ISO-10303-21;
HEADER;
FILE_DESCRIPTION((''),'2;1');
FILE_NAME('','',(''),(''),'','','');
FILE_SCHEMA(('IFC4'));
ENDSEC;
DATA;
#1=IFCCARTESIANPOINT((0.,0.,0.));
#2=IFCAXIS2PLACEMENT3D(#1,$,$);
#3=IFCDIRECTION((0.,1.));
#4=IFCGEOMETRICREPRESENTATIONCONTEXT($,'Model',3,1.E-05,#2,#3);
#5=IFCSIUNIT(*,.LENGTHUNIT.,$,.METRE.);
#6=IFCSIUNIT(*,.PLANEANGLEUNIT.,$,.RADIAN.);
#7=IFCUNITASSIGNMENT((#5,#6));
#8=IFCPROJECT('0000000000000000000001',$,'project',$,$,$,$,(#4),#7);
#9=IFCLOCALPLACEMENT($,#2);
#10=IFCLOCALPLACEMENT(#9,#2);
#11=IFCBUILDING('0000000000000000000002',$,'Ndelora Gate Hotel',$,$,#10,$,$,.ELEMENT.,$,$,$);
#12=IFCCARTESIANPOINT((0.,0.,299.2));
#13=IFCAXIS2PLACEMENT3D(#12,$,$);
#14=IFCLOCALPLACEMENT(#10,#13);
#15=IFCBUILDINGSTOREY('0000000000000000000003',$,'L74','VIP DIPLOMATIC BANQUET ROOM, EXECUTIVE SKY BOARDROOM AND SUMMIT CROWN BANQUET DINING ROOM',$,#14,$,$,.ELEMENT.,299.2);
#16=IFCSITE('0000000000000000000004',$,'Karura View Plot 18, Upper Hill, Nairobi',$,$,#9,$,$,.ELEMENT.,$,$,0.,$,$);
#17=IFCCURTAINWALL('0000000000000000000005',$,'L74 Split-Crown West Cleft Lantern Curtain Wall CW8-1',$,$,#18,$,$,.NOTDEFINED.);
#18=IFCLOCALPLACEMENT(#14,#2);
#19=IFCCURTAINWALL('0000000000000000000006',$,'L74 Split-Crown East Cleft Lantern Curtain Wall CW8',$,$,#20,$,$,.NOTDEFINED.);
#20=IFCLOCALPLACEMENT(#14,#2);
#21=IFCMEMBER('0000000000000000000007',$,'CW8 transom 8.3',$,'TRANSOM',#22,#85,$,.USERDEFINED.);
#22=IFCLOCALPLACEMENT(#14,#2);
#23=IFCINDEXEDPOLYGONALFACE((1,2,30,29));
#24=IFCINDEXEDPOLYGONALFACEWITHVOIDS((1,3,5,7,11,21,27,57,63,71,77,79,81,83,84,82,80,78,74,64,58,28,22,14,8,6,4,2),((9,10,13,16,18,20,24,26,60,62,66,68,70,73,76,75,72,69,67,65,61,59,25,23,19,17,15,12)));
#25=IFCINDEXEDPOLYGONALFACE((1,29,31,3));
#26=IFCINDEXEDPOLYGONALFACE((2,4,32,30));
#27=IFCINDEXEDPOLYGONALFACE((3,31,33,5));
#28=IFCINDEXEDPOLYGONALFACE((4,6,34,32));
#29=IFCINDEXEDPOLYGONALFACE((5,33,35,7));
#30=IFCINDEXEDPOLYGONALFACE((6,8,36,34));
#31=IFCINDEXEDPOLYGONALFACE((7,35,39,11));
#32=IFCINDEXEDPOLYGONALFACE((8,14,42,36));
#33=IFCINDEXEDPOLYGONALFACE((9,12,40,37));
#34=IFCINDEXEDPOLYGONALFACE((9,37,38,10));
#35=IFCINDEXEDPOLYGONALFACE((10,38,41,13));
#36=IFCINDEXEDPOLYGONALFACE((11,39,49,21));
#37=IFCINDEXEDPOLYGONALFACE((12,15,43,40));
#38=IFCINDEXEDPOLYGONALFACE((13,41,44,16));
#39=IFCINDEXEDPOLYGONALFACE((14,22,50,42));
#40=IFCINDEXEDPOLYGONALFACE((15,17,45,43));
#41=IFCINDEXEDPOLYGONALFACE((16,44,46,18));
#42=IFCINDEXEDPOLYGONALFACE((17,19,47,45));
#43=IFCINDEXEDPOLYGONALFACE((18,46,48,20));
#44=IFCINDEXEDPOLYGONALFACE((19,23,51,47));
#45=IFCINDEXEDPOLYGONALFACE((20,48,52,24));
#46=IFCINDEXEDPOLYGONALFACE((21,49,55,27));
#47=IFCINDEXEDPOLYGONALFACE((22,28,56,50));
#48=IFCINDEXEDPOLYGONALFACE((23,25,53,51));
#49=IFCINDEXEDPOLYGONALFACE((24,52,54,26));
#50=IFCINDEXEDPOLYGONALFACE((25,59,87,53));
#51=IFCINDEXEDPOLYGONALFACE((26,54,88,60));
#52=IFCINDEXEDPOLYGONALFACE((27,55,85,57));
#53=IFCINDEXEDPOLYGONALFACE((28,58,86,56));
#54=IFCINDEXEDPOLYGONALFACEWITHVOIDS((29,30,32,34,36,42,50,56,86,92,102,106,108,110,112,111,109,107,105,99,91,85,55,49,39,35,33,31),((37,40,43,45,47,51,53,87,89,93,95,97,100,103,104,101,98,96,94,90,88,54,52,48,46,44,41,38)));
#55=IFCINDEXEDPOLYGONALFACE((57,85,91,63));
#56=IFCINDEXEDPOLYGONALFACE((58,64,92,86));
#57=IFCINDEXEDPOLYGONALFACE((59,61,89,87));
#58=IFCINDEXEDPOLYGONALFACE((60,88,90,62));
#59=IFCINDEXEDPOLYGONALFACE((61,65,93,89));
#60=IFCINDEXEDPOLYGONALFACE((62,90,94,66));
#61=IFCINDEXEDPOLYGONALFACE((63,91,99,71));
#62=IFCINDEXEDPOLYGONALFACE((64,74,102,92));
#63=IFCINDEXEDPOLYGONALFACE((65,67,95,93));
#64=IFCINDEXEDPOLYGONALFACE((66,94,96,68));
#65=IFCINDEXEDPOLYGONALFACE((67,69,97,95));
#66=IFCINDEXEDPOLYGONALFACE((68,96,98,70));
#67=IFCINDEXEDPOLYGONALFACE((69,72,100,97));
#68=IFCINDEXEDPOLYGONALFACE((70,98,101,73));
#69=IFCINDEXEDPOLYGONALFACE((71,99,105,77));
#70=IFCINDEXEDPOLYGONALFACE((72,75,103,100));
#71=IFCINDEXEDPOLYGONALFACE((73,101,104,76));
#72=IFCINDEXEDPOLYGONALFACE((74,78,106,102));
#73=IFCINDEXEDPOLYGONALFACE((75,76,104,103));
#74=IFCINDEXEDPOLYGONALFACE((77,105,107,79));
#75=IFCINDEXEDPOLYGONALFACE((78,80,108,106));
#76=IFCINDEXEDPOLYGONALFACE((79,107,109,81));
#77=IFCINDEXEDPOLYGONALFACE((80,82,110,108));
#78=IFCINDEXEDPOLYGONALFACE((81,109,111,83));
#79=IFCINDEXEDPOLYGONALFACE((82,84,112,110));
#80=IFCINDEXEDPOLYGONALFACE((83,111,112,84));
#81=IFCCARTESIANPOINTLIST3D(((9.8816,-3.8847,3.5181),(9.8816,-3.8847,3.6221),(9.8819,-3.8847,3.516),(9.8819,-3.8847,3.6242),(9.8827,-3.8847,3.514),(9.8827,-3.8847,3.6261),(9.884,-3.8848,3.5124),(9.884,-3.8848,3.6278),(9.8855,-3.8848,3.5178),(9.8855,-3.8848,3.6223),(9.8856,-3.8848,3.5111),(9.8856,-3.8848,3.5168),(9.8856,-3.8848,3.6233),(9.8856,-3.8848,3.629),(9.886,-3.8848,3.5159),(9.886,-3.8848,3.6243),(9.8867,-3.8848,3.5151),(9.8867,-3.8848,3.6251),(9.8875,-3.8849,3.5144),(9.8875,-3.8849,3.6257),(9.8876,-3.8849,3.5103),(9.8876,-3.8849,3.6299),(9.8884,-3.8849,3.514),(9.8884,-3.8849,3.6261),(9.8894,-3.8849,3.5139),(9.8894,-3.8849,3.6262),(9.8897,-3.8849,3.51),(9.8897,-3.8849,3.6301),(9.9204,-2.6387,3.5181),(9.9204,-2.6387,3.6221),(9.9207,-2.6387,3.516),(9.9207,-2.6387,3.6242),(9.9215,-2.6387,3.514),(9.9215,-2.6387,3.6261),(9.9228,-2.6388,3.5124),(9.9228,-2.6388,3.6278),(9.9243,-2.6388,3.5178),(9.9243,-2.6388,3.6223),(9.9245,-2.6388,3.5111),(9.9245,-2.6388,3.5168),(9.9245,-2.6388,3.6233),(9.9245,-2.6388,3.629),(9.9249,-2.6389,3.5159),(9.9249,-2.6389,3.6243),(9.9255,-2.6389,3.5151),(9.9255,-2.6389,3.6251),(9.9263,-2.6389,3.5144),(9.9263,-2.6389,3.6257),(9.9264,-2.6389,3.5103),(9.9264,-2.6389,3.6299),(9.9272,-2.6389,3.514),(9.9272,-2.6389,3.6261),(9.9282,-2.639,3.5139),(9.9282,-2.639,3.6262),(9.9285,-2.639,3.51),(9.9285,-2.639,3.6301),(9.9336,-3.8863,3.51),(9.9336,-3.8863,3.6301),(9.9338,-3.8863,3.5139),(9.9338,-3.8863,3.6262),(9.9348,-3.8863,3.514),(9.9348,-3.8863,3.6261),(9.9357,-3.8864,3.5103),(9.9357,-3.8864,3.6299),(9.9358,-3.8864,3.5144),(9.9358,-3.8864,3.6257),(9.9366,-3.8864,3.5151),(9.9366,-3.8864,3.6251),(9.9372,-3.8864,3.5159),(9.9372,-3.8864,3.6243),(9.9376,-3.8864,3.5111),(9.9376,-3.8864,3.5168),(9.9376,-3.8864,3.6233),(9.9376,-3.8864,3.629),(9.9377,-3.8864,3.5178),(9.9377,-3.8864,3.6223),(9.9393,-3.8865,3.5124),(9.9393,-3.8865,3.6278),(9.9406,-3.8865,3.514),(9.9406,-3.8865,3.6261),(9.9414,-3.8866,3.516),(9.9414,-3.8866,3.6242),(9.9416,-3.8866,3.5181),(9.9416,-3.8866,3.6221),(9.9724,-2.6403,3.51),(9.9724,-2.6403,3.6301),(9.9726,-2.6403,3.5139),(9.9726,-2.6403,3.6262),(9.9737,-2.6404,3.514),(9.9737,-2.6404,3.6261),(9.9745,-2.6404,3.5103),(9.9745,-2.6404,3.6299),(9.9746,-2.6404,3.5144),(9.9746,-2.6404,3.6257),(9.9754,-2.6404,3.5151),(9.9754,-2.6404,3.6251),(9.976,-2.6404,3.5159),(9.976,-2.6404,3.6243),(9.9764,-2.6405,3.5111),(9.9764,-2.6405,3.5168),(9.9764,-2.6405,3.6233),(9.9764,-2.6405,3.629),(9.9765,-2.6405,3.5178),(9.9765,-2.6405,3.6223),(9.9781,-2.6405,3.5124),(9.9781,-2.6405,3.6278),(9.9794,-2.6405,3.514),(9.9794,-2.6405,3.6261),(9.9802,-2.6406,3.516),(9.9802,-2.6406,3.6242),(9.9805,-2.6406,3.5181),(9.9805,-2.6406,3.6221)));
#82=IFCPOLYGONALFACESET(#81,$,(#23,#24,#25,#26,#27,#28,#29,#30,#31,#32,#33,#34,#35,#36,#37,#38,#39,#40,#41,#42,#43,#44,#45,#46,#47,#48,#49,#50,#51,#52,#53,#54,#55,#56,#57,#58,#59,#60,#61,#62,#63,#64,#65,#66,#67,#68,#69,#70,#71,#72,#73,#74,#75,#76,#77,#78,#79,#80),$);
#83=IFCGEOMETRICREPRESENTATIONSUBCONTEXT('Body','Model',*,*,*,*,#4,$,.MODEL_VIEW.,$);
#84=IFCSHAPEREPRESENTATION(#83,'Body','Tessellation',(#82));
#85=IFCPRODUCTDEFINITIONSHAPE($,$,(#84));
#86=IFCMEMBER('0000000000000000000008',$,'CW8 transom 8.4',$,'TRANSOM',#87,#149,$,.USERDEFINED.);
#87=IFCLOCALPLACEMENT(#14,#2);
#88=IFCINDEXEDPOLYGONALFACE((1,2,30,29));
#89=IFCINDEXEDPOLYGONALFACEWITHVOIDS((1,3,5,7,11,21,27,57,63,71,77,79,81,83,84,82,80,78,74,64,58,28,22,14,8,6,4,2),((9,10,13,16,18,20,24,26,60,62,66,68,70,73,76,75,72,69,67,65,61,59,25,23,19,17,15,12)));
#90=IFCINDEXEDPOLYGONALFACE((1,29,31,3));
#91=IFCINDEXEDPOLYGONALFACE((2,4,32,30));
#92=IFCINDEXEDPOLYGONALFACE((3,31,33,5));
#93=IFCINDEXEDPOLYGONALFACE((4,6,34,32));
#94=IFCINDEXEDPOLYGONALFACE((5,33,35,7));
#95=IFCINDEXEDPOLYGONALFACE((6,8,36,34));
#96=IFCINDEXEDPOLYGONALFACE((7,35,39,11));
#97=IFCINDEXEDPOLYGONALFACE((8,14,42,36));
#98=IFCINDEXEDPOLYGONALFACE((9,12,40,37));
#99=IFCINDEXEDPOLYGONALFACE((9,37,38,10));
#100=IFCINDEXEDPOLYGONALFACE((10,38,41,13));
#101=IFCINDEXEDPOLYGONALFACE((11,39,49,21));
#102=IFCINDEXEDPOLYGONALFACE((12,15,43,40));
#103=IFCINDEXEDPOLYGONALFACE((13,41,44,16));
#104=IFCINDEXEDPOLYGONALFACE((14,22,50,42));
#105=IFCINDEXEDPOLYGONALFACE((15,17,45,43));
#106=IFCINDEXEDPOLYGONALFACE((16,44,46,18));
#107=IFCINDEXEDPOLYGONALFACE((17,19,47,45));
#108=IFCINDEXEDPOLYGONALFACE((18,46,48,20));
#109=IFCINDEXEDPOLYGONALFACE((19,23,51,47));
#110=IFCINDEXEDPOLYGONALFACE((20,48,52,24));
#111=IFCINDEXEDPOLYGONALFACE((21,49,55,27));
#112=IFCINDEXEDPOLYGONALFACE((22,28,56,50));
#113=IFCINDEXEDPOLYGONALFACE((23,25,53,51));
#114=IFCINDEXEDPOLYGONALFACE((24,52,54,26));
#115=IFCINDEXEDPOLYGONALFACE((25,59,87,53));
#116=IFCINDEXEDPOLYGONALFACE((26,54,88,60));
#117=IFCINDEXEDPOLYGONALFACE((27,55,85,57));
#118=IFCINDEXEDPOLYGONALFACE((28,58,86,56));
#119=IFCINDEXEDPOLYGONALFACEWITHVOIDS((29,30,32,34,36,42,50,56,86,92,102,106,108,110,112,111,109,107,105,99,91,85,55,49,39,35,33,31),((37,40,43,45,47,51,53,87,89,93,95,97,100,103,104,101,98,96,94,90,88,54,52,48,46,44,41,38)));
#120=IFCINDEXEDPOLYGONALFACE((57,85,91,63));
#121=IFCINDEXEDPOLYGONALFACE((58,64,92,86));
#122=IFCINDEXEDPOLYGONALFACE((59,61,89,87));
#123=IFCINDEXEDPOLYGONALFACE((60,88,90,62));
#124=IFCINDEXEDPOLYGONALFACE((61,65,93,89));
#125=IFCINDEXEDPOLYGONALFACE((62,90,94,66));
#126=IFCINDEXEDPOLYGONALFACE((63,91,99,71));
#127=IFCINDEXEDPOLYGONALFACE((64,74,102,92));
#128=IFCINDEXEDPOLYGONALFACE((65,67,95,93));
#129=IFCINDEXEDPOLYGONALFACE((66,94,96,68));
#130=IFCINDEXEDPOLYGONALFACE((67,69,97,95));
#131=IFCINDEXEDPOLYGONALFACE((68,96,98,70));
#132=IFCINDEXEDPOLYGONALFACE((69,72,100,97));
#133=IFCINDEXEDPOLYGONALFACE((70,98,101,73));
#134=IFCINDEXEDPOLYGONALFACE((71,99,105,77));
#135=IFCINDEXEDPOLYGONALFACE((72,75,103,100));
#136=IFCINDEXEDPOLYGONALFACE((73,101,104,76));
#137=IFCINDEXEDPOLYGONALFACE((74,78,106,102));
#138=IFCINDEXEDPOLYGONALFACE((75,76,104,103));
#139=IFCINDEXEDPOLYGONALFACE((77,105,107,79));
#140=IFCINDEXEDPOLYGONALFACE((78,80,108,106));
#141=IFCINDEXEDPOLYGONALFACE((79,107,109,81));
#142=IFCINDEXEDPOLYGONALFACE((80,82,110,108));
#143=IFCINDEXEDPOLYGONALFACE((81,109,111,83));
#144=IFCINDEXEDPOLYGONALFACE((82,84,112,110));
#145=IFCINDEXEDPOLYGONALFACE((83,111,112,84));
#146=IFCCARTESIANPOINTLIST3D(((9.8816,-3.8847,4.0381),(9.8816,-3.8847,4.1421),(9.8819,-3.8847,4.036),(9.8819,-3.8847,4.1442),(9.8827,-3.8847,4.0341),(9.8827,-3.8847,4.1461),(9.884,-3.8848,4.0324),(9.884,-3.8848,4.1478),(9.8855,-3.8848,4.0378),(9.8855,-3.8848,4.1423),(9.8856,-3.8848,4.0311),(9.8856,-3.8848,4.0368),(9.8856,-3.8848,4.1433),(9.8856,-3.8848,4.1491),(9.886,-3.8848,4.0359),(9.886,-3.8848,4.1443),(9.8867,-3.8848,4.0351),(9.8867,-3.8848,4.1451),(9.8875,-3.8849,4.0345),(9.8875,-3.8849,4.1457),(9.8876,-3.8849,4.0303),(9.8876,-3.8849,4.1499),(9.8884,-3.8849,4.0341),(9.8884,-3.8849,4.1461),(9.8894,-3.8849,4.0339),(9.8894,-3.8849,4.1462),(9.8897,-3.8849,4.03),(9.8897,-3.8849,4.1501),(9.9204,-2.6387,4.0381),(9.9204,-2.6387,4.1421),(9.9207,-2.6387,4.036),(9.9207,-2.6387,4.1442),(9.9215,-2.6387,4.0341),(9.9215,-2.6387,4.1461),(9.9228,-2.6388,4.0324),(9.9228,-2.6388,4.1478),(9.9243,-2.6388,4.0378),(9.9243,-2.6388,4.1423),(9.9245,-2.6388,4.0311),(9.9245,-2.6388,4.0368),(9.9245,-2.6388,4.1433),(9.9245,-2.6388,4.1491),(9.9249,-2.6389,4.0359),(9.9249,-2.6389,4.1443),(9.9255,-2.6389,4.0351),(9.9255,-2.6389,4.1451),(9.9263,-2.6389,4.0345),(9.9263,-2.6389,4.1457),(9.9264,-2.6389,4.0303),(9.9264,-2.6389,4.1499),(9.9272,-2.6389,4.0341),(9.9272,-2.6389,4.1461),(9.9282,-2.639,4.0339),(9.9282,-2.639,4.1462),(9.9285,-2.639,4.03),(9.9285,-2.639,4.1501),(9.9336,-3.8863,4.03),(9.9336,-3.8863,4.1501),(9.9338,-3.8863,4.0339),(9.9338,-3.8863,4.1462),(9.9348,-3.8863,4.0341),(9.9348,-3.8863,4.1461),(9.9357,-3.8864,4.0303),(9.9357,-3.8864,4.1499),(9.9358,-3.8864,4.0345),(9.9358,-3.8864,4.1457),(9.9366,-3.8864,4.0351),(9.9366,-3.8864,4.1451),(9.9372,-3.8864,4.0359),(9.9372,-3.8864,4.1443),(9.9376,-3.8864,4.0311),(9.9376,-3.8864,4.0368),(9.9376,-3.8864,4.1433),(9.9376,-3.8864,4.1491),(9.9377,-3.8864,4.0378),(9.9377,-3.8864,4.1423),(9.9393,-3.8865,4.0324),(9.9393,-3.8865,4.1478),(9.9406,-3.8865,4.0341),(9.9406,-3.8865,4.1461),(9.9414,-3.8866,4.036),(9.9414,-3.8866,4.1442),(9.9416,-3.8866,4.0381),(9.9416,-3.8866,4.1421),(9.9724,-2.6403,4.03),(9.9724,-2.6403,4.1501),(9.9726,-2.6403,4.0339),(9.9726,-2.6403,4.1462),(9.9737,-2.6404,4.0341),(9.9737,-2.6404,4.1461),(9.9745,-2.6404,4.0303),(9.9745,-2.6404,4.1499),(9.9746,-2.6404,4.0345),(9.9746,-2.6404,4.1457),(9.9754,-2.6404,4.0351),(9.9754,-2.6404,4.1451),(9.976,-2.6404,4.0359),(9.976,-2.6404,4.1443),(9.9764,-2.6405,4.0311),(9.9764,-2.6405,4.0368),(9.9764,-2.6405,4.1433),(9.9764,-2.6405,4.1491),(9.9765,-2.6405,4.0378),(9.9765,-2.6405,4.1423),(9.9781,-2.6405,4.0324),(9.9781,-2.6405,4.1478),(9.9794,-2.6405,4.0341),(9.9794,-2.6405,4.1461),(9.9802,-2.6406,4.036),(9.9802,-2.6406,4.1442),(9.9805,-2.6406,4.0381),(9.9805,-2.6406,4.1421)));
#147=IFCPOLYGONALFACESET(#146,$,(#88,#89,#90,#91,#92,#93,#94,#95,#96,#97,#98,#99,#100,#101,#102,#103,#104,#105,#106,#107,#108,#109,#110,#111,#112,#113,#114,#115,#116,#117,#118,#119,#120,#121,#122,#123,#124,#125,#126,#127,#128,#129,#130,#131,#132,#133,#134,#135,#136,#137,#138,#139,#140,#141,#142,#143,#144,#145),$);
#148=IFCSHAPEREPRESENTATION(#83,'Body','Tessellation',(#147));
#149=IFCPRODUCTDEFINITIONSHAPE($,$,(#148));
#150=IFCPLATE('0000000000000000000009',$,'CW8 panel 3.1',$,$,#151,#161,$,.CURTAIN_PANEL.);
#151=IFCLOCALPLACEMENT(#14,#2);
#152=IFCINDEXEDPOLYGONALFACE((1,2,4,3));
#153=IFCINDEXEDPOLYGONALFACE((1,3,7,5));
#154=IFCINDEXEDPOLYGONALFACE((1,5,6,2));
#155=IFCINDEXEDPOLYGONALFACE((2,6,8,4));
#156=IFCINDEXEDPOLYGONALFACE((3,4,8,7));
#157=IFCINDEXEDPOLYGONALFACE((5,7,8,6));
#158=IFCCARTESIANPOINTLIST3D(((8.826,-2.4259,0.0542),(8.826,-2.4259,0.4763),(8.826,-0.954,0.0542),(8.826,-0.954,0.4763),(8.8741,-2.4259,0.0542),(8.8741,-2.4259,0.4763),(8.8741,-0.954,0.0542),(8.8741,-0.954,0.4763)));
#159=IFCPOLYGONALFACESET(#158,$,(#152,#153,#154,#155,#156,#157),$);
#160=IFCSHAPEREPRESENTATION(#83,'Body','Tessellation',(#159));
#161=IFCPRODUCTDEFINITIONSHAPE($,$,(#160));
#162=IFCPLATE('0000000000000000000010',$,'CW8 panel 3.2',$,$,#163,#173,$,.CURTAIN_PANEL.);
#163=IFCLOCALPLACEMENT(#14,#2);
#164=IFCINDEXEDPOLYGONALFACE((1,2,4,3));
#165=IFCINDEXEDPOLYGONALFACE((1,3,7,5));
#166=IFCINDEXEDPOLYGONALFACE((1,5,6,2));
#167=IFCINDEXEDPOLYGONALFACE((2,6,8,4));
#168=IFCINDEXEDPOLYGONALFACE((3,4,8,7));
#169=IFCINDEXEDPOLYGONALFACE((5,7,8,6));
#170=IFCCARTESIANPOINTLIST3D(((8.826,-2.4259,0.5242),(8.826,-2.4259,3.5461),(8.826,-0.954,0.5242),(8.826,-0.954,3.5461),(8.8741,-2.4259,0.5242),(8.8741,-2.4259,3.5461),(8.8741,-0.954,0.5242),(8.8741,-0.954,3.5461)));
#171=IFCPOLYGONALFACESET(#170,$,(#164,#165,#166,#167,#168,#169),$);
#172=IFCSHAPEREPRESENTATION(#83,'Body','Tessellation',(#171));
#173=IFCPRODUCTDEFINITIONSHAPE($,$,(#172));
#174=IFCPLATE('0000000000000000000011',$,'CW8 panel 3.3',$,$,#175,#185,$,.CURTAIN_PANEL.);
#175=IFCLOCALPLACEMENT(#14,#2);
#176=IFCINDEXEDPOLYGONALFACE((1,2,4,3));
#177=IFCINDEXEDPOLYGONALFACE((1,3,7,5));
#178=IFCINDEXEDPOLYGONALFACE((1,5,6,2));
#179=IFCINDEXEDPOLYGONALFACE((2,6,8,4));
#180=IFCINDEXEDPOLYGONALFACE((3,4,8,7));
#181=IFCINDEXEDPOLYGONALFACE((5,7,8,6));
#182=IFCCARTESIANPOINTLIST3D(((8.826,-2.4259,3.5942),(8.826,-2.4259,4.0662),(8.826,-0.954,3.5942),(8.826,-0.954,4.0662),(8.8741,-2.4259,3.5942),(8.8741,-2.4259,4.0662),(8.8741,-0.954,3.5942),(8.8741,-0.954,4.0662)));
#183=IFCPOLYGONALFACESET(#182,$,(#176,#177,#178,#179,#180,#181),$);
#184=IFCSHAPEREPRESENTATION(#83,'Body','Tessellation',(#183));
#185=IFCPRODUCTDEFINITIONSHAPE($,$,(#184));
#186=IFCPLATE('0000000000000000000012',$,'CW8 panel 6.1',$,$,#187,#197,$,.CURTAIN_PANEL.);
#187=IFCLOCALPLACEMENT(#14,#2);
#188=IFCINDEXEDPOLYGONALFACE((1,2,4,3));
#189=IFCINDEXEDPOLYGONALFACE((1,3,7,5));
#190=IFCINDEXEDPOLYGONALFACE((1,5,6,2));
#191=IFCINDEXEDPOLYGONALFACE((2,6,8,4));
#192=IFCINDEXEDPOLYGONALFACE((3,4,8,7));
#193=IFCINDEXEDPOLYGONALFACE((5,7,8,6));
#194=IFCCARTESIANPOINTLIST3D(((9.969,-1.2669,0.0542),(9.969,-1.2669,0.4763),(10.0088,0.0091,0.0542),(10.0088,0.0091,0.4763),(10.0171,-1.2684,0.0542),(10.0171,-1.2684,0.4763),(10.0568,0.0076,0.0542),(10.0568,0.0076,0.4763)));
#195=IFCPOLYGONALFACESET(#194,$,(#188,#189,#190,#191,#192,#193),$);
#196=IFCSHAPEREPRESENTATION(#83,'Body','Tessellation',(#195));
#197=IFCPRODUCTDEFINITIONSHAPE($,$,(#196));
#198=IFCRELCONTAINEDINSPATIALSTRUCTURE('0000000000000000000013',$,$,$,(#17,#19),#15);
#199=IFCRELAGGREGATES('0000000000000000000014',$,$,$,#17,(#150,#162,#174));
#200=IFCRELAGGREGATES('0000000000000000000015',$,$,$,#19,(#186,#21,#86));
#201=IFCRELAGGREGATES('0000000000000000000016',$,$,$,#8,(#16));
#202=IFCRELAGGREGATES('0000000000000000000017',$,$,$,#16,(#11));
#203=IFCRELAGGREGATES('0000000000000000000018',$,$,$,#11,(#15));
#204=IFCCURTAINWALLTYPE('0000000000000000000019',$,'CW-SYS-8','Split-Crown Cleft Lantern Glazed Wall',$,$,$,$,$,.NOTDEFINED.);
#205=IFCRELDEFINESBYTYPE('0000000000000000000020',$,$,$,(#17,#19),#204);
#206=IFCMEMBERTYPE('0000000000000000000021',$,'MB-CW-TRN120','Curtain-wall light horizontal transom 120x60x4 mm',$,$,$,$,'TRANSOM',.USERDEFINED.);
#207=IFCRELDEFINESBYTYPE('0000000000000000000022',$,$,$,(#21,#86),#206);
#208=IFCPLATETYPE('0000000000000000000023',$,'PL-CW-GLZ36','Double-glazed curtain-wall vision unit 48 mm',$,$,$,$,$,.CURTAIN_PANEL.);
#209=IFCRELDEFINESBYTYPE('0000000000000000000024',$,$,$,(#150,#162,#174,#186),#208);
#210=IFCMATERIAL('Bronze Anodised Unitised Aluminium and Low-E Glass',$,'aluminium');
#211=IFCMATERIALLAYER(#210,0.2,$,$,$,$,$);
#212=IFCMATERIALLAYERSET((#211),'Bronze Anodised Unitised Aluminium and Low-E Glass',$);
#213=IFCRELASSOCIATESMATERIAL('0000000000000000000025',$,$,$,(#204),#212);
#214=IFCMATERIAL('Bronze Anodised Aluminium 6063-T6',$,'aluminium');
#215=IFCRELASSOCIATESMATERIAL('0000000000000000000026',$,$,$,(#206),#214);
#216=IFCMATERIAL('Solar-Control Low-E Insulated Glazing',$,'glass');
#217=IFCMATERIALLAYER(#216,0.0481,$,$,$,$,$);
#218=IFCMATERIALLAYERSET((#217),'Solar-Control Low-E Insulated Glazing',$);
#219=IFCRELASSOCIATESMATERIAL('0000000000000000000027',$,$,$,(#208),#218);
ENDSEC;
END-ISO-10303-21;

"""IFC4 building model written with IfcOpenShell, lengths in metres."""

from ifc_helpers import new_model, si_unit, direction, frame, origin, origin_2d, place, context, subcontext, project, spatial, rectangle, hollow_rectangle, extrude, material, layer, layer_set, material_profile, profile_set, type_object, element, aggregate, save


model = new_model("IFC4")

# Units and contexts
model_context = context("Model", 3, precision=1e-05, world=origin(), true_north=direction((0.0, 1.0)))
body_context = subcontext(model_context, "Body", "Model", "MODEL_VIEW")
ifc_project = project(units=[si_unit("LENGTHUNIT", "METRE"), si_unit("PLANEANGLEUNIT", "RADIAN")], contexts=[model_context])

# Site, building, storey
site_placement = place(None, origin())
site = spatial("IfcSite", under=ifc_project, at=site_placement, Name="Karura View Plot 18, Upper Hill, Nairobi", CompositionType="ELEMENT", RefElevation=0.0)
building_placement = place(site_placement, origin())
building = spatial("IfcBuilding", under=site, at=building_placement, Name="Ndelora Gate Hotel", CompositionType="ELEMENT")
storey_placement = place(building_placement, frame((0.0, 0.0, 299.2)))
storey = spatial("IfcBuildingStorey", under=building, at=storey_placement, Name="L74", Description="VIP DIPLOMATIC BANQUET ROOM, EXECUTIVE SKY BOARDROOM AND SUMMIT CROWN BANQUET DINING ROOM", CompositionType="ELEMENT", Elevation=299.2)

# Curtain wall
ifc_material_1 = material(Name="Bronze Anodised Unitised Aluminium and Low-E Glass", Category="aluminium")
ifc_layer_1 = layer(ifc_material_1, 0.2)
ifc_layer_set_1 = layer_set([ifc_layer_1], Name="Bronze Anodised Unitised Aluminium and Low-E Glass")
curtain_wall_type = type_object("IfcCurtainWallType", Name="CW-SYS-8", Description="Split-Crown Cleft Lantern Glazed Wall", PredefinedType="NOTDEFINED", material=ifc_layer_set_1)
curtain_wall_1_placement = place(storey_placement, origin())
curtain_wall_1 = element("IfcCurtainWall", 1, at=curtain_wall_1_placement, inside=storey, type_object=curtain_wall_type, Name="L74 Split-Crown West Cleft Lantern Curtain Wall CW8-1", PredefinedType="NOTDEFINED")
ifc_material_2 = material(Name="Bronze Anodised Aluminium 6063-T6", Category="aluminium")

# Curtain wall, members
curtain_wall_2_placement = place(storey_placement, origin())
curtain_wall_2 = element("IfcCurtainWall", 2, at=curtain_wall_2_placement, inside=storey, type_object=curtain_wall_type, Name="L74 Split-Crown East Cleft Lantern Curtain Wall CW8", PredefinedType="NOTDEFINED")
ifc_material_profile_1 = material_profile(ifc_material_2, hollow_rectangle(XDim=0.0601, YDim=0.1201, WallThickness=0.0039, InnerFilletRadius=0.0039, OuterFilletRadius=0.0081, at=origin_2d()), Name="ALU 120x60x4")
ifc_profile_set_1 = profile_set([ifc_material_profile_1], Name="Bronze Anodised Aluminium 6063-T6")
member_type_1 = type_object("IfcMemberType", Name="MB-CW-TRN120", Description="Curtain-wall light horizontal transom 120x60x4 mm", ElementType="TRANSOM", PredefinedType="USERDEFINED", material=ifc_profile_set_1)
member_1_placement = place(storey_placement, frame((9.9504, -2.6396, 3.5701), z_axis=(-0.031137, -0.999515, 0.0), x_axis=(0.999515, -0.031137, 0.0)))
member_1 = element("IfcMember", 3, at=member_1_placement, type_object=member_type_1, Name="CW8 transom 8.3", ObjectType="TRANSOM", PredefinedType="USERDEFINED", context=body_context, shape_type="SweptSolid", body=[
    extrude(hollow_rectangle(XDim=0.0601, YDim=0.1201, WallThickness=0.0039, InnerFilletRadius=0.0039, OuterFilletRadius=0.0081, at=origin_2d()), origin(), (0.0, 0.0, 1.0), 1.2466),
])
member_2_placement = place(storey_placement, frame((9.9504, -2.6396, 4.0901), z_axis=(-0.031137, -0.999515, 0.0), x_axis=(0.999515, -0.031137, 0.0)))
member_2 = element("IfcMember", 4, at=member_2_placement, type_object=member_type_1, Name="CW8 transom 8.4", ObjectType="TRANSOM", PredefinedType="USERDEFINED", context=body_context, shape_type="SweptSolid", body=[
    extrude(hollow_rectangle(XDim=0.0601, YDim=0.1201, WallThickness=0.0039, InnerFilletRadius=0.0039, OuterFilletRadius=0.0081, at=origin_2d()), origin(), (0.0, 0.0, 1.0), 1.2466),
])

# Plates
ifc_material_3 = material(Name="Solar-Control Low-E Insulated Glazing", Category="glass")
ifc_layer_2 = layer(ifc_material_3, 0.0481)
ifc_layer_set_2 = layer_set([ifc_layer_2], Name="Solar-Control Low-E Insulated Glazing")
plate_type = type_object("IfcPlateType", Name="PL-CW-GLZ36", Description="Double-glazed curtain-wall vision unit 48 mm", PredefinedType="CURTAIN_PANEL", material=ifc_layer_set_2)
plate_1_placement = place(storey_placement, frame((8.8501, -1.6899, 0.0542), z_axis=(0.0, 0.0, 1.0), x_axis=(0.0, 1.0, 0.0)))
plate_1 = element("IfcPlate", 5, at=plate_1_placement, type_object=plate_type, Name="CW8 panel 3.1", PredefinedType="CURTAIN_PANEL", context=body_context, shape_type="SweptSolid", body=[
    extrude(rectangle(XDim=1.4719, YDim=0.0481, at=origin_2d()), origin(), (0.0, 0.0, 1.0), 0.4221),
])
plate_2_placement = place(storey_placement, frame((8.8501, -1.6899, 0.5242), z_axis=(0.0, 0.0, 1.0), x_axis=(0.0, 1.0, 0.0)))
plate_2 = element("IfcPlate", 6, at=plate_2_placement, type_object=plate_type, Name="CW8 panel 3.2", PredefinedType="CURTAIN_PANEL", context=body_context, shape_type="SweptSolid", body=[
    extrude(rectangle(XDim=1.4719, YDim=0.0481, at=origin_2d()), origin(), (0.0, 0.0, 1.0), 3.022),
])
plate_3_placement = place(storey_placement, frame((8.8501, -1.6899, 3.5942), z_axis=(0.0, 0.0, 1.0), x_axis=(0.0, 1.0, 0.0)))
plate_3 = element("IfcPlate", 7, at=plate_3_placement, type_object=plate_type, Name="CW8 panel 3.3", PredefinedType="CURTAIN_PANEL", context=body_context, shape_type="SweptSolid", body=[
    extrude(rectangle(XDim=1.4719, YDim=0.0481, at=origin_2d()), origin(), (0.0, 0.0, 1.0), 0.4719),
])
aggregate(curtain_wall_1, [plate_1, plate_2, plate_3])
plate_4_placement = place(storey_placement, frame((10.0129, -0.6296, 0.0542), z_axis=(0.0, 0.0, 1.0), x_axis=(-0.031131, -0.999515, 0.0)))
plate_4 = element("IfcPlate", 8, at=plate_4_placement, type_object=plate_type, Name="CW8 panel 6.1", PredefinedType="CURTAIN_PANEL", context=body_context, shape_type="SweptSolid", body=[
    extrude(rectangle(XDim=1.2766, YDim=0.0481, at=origin_2d()), origin(), (0.0, 0.0, 1.0), 0.4221),
])
aggregate(curtain_wall_2, [plate_4, member_1, member_2])

save(model, "model.ifc")
